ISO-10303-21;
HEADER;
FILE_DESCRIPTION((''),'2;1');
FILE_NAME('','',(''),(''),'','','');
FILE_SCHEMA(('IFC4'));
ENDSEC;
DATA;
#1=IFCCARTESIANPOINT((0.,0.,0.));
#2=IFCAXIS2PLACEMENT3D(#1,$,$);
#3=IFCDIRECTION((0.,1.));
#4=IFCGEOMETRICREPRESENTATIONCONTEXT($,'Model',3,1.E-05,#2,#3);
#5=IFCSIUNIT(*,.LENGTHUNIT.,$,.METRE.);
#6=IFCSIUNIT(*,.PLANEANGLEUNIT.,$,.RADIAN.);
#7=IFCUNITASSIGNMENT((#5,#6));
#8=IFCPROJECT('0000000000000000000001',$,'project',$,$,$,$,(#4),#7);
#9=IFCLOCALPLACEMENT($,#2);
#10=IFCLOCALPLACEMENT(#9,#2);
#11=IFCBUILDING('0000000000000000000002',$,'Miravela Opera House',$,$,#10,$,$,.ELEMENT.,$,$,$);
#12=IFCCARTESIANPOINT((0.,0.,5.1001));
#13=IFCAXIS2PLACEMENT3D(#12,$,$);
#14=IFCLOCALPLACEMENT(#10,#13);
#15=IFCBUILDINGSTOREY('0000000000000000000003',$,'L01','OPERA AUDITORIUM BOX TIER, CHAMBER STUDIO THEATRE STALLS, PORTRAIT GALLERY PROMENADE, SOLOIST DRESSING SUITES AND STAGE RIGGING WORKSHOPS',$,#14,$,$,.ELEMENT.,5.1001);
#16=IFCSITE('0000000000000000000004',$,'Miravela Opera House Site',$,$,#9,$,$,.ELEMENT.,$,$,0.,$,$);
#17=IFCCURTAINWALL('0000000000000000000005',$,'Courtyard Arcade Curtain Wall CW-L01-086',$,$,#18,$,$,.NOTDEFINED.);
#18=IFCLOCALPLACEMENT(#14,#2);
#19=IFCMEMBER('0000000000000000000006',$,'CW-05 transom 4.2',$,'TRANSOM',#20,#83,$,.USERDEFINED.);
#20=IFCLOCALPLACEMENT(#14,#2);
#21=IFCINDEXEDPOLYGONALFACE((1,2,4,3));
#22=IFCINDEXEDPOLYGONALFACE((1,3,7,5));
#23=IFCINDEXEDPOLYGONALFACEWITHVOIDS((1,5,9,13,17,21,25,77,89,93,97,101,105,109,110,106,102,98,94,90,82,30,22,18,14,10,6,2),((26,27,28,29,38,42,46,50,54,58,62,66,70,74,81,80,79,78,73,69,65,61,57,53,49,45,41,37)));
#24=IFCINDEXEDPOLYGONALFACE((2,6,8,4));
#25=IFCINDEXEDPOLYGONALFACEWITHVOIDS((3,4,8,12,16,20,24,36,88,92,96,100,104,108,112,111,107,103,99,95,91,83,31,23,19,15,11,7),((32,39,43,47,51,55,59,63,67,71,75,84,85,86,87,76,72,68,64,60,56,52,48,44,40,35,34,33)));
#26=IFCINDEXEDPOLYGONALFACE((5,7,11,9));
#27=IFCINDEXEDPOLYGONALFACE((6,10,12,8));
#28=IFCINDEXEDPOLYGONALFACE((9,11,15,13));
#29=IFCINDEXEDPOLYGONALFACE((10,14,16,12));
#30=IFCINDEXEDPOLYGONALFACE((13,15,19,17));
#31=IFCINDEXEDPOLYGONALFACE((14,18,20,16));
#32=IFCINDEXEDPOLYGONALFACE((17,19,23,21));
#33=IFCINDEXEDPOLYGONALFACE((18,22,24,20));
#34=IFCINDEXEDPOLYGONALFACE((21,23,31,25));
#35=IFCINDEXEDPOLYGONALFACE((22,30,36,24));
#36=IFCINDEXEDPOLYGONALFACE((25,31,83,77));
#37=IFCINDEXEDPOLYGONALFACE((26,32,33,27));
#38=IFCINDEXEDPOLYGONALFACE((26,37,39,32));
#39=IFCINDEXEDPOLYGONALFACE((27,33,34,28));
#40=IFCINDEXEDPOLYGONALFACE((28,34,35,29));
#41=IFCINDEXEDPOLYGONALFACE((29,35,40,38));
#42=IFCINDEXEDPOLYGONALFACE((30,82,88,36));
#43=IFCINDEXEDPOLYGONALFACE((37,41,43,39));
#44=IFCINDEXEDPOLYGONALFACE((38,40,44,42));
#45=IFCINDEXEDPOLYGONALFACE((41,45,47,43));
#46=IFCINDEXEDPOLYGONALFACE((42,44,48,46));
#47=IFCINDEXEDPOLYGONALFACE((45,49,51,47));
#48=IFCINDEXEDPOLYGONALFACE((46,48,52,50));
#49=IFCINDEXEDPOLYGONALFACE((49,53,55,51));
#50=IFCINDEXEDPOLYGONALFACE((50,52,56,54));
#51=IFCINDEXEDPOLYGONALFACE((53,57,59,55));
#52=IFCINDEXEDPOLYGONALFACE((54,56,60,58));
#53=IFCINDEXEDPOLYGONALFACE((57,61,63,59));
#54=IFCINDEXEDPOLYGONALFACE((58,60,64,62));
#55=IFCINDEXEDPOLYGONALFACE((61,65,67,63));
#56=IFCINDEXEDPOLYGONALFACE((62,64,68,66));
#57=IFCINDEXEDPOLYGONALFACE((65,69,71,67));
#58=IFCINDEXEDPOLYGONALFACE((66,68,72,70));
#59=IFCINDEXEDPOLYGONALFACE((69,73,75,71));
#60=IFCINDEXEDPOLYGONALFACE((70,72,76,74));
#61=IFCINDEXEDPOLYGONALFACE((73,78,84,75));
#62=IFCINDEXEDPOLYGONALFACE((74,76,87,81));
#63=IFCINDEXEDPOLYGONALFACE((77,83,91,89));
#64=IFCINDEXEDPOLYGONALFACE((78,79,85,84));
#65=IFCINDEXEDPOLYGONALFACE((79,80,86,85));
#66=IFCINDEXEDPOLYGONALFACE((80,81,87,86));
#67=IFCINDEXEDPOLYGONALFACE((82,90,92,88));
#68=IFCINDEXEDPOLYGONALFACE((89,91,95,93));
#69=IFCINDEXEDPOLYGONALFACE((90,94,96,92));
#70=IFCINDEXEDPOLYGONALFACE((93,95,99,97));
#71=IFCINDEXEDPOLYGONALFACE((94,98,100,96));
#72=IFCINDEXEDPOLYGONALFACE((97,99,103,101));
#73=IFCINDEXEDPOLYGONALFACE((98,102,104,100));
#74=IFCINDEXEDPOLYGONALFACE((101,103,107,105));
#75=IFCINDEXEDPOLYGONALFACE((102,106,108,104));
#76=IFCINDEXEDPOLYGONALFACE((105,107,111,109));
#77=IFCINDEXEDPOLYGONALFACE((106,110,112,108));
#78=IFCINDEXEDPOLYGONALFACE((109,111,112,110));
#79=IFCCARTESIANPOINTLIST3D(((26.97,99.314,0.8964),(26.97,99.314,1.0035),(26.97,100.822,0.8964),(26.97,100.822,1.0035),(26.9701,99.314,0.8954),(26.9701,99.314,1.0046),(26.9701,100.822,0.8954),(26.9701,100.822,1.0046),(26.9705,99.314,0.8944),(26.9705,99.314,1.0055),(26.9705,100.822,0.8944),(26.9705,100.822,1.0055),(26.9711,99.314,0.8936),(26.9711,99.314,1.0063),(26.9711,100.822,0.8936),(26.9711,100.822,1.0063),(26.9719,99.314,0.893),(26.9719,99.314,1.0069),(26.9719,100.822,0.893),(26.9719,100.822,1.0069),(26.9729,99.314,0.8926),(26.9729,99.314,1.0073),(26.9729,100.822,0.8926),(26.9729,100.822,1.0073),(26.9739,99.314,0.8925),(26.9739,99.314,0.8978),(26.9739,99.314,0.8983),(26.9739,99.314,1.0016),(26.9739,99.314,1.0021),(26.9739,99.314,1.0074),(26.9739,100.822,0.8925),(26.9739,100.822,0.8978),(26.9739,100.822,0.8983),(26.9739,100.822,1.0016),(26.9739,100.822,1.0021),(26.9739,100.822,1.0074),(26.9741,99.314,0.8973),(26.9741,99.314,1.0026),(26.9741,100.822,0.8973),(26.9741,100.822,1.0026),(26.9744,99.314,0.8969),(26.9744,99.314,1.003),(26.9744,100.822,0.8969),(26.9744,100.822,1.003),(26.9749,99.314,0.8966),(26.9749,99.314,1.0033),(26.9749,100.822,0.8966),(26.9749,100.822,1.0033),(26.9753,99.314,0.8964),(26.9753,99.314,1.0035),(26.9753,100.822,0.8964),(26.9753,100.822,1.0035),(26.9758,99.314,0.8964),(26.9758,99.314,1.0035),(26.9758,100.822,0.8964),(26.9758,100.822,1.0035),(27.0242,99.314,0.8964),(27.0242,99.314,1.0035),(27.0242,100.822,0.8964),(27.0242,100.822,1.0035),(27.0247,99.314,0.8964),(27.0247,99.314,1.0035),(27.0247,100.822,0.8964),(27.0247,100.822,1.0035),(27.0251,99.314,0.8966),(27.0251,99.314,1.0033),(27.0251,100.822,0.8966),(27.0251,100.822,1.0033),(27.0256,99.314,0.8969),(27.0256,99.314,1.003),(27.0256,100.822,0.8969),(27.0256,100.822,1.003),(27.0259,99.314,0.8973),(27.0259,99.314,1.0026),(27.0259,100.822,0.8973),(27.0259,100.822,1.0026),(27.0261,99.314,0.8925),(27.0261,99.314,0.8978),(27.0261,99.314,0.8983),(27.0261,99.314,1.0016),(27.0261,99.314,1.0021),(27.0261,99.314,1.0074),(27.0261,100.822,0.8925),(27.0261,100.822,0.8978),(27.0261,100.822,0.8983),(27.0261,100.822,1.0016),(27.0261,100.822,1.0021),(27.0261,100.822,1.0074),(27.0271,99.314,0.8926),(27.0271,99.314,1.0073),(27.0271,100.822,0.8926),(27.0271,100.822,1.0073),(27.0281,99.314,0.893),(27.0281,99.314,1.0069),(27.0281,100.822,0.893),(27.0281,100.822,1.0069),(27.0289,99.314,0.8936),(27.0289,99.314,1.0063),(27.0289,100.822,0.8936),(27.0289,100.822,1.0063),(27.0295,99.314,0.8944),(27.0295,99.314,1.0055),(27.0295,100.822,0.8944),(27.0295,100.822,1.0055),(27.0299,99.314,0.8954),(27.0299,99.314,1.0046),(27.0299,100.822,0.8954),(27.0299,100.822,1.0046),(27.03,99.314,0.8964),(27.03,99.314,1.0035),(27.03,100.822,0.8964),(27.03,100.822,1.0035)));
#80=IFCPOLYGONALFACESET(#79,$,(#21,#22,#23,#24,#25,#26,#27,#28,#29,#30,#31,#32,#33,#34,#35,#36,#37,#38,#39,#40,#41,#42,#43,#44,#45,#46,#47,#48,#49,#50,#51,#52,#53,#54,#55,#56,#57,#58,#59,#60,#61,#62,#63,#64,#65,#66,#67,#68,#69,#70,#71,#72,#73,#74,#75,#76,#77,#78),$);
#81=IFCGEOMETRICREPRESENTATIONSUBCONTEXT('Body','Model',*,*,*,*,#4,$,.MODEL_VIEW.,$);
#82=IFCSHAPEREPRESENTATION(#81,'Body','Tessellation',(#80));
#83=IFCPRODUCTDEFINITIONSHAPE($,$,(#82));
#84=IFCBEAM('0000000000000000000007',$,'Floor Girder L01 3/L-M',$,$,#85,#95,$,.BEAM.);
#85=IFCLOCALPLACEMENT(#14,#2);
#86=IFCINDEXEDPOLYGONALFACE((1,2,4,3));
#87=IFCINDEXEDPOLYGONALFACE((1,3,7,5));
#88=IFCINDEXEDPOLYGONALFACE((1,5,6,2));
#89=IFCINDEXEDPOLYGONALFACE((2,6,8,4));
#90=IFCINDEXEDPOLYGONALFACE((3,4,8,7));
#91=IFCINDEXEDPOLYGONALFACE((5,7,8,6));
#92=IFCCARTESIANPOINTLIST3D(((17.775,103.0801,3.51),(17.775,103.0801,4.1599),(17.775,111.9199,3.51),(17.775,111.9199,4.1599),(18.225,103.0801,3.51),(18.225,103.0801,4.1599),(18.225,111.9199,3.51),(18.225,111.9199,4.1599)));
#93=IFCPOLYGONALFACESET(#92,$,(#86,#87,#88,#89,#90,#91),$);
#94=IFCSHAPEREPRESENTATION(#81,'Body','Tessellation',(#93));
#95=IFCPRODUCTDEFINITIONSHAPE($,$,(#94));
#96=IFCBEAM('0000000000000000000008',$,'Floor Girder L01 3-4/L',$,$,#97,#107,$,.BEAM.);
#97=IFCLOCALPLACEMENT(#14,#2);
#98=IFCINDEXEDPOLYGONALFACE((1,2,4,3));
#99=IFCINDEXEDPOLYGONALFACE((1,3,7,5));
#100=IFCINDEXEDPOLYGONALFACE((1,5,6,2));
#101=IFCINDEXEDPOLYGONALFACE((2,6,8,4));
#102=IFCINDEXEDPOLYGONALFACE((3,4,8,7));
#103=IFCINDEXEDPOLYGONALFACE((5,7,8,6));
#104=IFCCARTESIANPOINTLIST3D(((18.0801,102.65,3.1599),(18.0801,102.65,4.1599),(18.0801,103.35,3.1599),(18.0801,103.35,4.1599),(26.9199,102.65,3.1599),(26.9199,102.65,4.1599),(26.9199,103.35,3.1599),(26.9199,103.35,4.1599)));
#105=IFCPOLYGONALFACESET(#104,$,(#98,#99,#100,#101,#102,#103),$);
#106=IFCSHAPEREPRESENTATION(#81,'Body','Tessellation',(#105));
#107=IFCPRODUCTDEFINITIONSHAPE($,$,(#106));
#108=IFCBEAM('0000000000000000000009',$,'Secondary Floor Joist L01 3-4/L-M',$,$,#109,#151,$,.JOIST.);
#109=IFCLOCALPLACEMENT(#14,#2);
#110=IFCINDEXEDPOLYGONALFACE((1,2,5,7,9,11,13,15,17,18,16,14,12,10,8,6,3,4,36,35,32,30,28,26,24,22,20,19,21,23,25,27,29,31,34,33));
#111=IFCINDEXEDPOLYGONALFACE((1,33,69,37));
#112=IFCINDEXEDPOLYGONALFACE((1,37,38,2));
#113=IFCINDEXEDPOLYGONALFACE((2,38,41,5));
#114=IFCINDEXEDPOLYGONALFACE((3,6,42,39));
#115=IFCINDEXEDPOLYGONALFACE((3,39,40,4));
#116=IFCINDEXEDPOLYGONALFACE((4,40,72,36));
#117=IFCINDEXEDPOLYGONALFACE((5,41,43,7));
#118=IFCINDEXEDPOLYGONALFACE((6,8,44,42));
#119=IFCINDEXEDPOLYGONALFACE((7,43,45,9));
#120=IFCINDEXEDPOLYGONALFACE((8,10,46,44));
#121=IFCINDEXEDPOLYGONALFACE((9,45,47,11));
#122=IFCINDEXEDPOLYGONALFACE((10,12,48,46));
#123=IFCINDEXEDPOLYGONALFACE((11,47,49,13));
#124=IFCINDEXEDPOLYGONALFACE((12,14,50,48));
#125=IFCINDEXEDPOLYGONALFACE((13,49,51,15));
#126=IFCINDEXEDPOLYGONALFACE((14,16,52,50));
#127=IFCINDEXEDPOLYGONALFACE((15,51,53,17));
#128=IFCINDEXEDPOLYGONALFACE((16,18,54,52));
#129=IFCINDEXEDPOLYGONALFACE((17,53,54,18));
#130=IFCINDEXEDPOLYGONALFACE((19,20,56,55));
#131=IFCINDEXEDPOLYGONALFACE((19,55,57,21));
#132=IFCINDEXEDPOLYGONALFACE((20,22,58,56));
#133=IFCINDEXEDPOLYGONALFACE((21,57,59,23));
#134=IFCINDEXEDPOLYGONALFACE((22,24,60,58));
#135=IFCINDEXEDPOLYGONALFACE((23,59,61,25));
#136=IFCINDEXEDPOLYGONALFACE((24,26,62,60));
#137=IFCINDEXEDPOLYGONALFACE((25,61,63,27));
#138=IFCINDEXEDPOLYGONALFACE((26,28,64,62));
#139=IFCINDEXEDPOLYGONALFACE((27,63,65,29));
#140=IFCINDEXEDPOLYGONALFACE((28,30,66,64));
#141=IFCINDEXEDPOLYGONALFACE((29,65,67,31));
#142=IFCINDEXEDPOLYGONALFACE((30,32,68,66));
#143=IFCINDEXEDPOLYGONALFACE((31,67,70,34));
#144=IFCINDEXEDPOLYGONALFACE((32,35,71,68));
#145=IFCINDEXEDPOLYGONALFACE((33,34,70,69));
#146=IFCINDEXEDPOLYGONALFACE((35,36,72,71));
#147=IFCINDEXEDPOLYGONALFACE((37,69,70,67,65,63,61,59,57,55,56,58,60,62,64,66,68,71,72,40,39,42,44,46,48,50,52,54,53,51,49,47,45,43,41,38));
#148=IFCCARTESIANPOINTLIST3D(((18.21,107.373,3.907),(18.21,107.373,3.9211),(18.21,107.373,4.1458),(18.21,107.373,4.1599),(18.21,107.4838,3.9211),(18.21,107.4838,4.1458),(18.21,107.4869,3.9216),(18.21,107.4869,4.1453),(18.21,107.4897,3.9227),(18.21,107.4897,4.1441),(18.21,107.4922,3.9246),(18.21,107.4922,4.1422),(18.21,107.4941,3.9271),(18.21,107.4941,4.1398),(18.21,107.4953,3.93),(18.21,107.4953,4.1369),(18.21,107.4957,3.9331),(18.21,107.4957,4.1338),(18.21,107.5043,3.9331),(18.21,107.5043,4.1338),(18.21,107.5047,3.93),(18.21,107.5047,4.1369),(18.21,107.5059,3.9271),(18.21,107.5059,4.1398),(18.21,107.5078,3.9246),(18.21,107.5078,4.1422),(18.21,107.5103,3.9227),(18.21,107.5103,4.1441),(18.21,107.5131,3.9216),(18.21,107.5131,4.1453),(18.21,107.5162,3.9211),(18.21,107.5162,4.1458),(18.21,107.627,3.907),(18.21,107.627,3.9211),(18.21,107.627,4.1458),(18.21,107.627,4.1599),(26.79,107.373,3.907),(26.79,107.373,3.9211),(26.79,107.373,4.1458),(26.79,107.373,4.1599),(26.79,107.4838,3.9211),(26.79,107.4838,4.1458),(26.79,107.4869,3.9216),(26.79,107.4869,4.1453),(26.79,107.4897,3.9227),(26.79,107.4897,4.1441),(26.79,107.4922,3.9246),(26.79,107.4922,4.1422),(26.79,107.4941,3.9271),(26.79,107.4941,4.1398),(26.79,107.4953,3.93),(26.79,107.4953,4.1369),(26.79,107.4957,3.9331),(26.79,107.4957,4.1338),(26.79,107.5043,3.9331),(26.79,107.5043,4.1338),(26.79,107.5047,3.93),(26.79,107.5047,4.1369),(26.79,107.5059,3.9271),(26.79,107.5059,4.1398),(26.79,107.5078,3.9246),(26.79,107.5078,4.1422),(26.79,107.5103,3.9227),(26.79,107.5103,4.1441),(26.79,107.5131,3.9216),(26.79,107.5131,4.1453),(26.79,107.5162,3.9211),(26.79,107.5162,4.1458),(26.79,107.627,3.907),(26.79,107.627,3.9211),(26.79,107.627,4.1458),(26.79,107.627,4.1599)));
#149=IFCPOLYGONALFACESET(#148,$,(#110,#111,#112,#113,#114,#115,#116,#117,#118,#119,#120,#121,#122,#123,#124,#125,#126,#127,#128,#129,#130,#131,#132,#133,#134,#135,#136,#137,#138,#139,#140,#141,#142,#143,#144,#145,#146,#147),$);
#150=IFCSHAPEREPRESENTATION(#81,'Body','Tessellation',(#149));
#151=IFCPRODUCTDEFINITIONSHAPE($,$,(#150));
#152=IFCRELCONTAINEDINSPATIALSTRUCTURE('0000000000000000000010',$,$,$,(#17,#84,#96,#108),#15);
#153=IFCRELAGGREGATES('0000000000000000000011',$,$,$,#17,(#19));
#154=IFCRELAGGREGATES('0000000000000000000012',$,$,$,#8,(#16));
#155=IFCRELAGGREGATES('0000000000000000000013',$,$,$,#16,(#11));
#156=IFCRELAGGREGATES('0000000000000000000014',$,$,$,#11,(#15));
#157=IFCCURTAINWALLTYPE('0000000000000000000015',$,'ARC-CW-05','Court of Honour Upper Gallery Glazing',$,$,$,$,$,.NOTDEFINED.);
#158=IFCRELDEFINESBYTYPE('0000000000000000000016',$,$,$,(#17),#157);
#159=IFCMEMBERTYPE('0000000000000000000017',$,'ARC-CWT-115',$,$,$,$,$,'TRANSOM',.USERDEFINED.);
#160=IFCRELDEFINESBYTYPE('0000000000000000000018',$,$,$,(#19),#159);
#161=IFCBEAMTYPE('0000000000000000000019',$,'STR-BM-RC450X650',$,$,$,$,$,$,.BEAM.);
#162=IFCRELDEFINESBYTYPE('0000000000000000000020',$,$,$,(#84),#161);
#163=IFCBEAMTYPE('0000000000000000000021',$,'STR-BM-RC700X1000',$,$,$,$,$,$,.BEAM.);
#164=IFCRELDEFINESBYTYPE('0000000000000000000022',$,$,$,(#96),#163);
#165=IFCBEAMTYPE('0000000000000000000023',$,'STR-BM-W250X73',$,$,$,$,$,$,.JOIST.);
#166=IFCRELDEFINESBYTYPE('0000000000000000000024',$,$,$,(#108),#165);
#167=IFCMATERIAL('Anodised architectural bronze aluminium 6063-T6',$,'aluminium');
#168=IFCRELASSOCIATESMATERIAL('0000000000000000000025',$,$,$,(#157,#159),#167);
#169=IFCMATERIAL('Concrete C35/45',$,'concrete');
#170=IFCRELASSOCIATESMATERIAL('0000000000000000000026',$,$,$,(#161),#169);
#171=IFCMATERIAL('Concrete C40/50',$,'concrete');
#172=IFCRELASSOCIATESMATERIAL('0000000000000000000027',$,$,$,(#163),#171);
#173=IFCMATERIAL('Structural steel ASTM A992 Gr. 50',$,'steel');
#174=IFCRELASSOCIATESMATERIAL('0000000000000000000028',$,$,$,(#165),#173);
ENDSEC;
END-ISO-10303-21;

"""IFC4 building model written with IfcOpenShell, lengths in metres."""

from ifc_helpers import new_model, si_unit, direction, frame, origin, origin_2d, place, context, subcontext, project, spatial, rectangle, hollow_rectangle, i_section, extrude, material, material_profile, profile_set, type_object, element, aggregate, save


model = new_model("IFC4")

# Units and contexts
model_context = context("Model", 3, precision=1e-05, world=origin(), true_north=direction((0.0, 1.0)))
body_context = subcontext(model_context, "Body", "Model", "MODEL_VIEW")
ifc_project = project(units=[si_unit("LENGTHUNIT", "METRE"), si_unit("PLANEANGLEUNIT", "RADIAN")], contexts=[model_context])

# Site, building, storey
site_placement = place(None, origin())
site = spatial("IfcSite", under=ifc_project, at=site_placement, Name="Miravela Opera House Site", CompositionType="ELEMENT", RefElevation=0.0)
building_placement = place(site_placement, origin())
building = spatial("IfcBuilding", under=site, at=building_placement, Name="Miravela Opera House", CompositionType="ELEMENT")
storey_placement = place(building_placement, frame((0.0, 0.0, 5.1001)))
storey = spatial("IfcBuildingStorey", under=building, at=storey_placement, Name="L01", Description="OPERA AUDITORIUM BOX TIER, CHAMBER STUDIO THEATRE STALLS, PORTRAIT GALLERY PROMENADE, SOLOIST DRESSING SUITES AND STAGE RIGGING WORKSHOPS", CompositionType="ELEMENT", Elevation=5.1001)

# Shared definitions
ifc_material_1 = material(Name="Concrete C35/45", Category="concrete")

# Curtain wall, member
ifc_material_2 = material(Name="Anodised architectural bronze aluminium 6063-T6", Category="aluminium")
curtain_wall_type = type_object("IfcCurtainWallType", Name="ARC-CW-05", Description="Court of Honour Upper Gallery Glazing", PredefinedType="NOTDEFINED", material=ifc_material_2)
curtain_wall_placement = place(storey_placement, origin())
curtain_wall = element("IfcCurtainWall", 1, at=curtain_wall_placement, inside=storey, type_object=curtain_wall_type, Name="Courtyard Arcade Curtain Wall CW-L01-086", PredefinedType="NOTDEFINED")
ifc_material_profile_1 = material_profile(ifc_material_2, hollow_rectangle(XDim=0.0601, YDim=0.115, WallThickness=0.0039, InnerFilletRadius=0.002, OuterFilletRadius=0.0039, at=origin_2d()), Name="CWT-60X115")
ifc_profile_set_1 = profile_set([ifc_material_profile_1])
member_type_1 = type_object("IfcMemberType", Name="ARC-CWT-115", ElementType="TRANSOM", PredefinedType="USERDEFINED", material=ifc_profile_set_1)
member_1_placement = place(storey_placement, frame((27.0, 99.314, 0.95), z_axis=(0.0, 1.0, 0.0), x_axis=(-1.0, 0.0, 0.0)))
member_1 = element("IfcMember", 2, at=member_1_placement, type_object=member_type_1, Name="CW-05 transom 4.2", ObjectType="TRANSOM", PredefinedType="USERDEFINED", context=body_context, shape_type="SweptSolid", body=[
    extrude(hollow_rectangle(XDim=0.0601, YDim=0.115, WallThickness=0.0039, InnerFilletRadius=0.002, OuterFilletRadius=0.0039, at=origin_2d()), origin(), (0.0, 0.0, 1.0), 1.5081),
])

# Beams
ifc_material_profile_2 = material_profile(ifc_material_1, rectangle(XDim=0.45, YDim=0.6499, at=origin_2d()), Name="RC-BM-450X650")
ifc_profile_set_2 = profile_set([ifc_material_profile_2])
beam_type_1 = type_object("IfcBeamType", Name="STR-BM-RC450X650", PredefinedType="BEAM", material=ifc_profile_set_2)
beam_1_placement = place(storey_placement, frame((18.0, 103.0801, 3.835), z_axis=(0.0, 1.0, 0.0), x_axis=(-1.0, 0.0, 0.0)))
element("IfcBeam", 3, at=beam_1_placement, inside=storey, type_object=beam_type_1, Name="Floor Girder L01 3/L-M", PredefinedType="BEAM", context=body_context, shape_type="SweptSolid", body=[
    extrude(rectangle(XDim=0.45, YDim=0.6499, at=origin_2d()), origin(), (0.0, 0.0, 1.0), 8.8398),
])
ifc_material_3 = material(Name="Concrete C40/50", Category="concrete")
ifc_material_profile_3 = material_profile(ifc_material_3, rectangle(XDim=0.7, YDim=1.0, at=origin_2d()), Name="RC-BM-700X1000")
ifc_profile_set_3 = profile_set([ifc_material_profile_3])
beam_type_2 = type_object("IfcBeamType", Name="STR-BM-RC700X1000", PredefinedType="BEAM", material=ifc_profile_set_3)
beam_2_placement = place(storey_placement, frame((18.0801, 103.0, 3.6599), z_axis=(1.0, 0.0, 0.0), x_axis=(0.0, 1.0, 0.0)))
element("IfcBeam", 4, at=beam_2_placement, inside=storey, type_object=beam_type_2, Name="Floor Girder L01 3-4/L", PredefinedType="BEAM", context=body_context, shape_type="SweptSolid", body=[
    extrude(rectangle(XDim=0.7, YDim=1.0, at=origin_2d()), origin(), (0.0, 0.0, 1.0), 8.8398),
])
ifc_material_4 = material(Name="Structural steel ASTM A992 Gr. 50", Category="steel")
ifc_material_profile_4 = material_profile(ifc_material_4, i_section(OverallWidth=0.2539, OverallDepth=0.2529, WebThickness=0.0085, FlangeThickness=0.0142, FilletRadius=0.012, at=origin_2d()), Name="W250X73")
ifc_profile_set_4 = profile_set([ifc_material_profile_4])
beam_type_3 = type_object("IfcBeamType", Name="STR-BM-W250X73", PredefinedType="JOIST", material=ifc_profile_set_4)
beam_3_placement = place(storey_placement, frame((18.21, 107.5, 4.0334), z_axis=(1.0, 0.0, 0.0), x_axis=(0.0, 1.0, 0.0)))
element("IfcBeam", 5, at=beam_3_placement, inside=storey, type_object=beam_type_3, Name="Secondary Floor Joist L01 3-4/L-M", PredefinedType="JOIST", context=body_context, shape_type="SweptSolid", body=[
    extrude(i_section(OverallWidth=0.2539, OverallDepth=0.2529, WebThickness=0.0085, FlangeThickness=0.0142, FilletRadius=0.012, at=origin_2d()), origin(), (0.0, 0.0, 1.0), 8.5801),
])

aggregate(curtain_wall, [member_1])

save(model, "model.ifc")
